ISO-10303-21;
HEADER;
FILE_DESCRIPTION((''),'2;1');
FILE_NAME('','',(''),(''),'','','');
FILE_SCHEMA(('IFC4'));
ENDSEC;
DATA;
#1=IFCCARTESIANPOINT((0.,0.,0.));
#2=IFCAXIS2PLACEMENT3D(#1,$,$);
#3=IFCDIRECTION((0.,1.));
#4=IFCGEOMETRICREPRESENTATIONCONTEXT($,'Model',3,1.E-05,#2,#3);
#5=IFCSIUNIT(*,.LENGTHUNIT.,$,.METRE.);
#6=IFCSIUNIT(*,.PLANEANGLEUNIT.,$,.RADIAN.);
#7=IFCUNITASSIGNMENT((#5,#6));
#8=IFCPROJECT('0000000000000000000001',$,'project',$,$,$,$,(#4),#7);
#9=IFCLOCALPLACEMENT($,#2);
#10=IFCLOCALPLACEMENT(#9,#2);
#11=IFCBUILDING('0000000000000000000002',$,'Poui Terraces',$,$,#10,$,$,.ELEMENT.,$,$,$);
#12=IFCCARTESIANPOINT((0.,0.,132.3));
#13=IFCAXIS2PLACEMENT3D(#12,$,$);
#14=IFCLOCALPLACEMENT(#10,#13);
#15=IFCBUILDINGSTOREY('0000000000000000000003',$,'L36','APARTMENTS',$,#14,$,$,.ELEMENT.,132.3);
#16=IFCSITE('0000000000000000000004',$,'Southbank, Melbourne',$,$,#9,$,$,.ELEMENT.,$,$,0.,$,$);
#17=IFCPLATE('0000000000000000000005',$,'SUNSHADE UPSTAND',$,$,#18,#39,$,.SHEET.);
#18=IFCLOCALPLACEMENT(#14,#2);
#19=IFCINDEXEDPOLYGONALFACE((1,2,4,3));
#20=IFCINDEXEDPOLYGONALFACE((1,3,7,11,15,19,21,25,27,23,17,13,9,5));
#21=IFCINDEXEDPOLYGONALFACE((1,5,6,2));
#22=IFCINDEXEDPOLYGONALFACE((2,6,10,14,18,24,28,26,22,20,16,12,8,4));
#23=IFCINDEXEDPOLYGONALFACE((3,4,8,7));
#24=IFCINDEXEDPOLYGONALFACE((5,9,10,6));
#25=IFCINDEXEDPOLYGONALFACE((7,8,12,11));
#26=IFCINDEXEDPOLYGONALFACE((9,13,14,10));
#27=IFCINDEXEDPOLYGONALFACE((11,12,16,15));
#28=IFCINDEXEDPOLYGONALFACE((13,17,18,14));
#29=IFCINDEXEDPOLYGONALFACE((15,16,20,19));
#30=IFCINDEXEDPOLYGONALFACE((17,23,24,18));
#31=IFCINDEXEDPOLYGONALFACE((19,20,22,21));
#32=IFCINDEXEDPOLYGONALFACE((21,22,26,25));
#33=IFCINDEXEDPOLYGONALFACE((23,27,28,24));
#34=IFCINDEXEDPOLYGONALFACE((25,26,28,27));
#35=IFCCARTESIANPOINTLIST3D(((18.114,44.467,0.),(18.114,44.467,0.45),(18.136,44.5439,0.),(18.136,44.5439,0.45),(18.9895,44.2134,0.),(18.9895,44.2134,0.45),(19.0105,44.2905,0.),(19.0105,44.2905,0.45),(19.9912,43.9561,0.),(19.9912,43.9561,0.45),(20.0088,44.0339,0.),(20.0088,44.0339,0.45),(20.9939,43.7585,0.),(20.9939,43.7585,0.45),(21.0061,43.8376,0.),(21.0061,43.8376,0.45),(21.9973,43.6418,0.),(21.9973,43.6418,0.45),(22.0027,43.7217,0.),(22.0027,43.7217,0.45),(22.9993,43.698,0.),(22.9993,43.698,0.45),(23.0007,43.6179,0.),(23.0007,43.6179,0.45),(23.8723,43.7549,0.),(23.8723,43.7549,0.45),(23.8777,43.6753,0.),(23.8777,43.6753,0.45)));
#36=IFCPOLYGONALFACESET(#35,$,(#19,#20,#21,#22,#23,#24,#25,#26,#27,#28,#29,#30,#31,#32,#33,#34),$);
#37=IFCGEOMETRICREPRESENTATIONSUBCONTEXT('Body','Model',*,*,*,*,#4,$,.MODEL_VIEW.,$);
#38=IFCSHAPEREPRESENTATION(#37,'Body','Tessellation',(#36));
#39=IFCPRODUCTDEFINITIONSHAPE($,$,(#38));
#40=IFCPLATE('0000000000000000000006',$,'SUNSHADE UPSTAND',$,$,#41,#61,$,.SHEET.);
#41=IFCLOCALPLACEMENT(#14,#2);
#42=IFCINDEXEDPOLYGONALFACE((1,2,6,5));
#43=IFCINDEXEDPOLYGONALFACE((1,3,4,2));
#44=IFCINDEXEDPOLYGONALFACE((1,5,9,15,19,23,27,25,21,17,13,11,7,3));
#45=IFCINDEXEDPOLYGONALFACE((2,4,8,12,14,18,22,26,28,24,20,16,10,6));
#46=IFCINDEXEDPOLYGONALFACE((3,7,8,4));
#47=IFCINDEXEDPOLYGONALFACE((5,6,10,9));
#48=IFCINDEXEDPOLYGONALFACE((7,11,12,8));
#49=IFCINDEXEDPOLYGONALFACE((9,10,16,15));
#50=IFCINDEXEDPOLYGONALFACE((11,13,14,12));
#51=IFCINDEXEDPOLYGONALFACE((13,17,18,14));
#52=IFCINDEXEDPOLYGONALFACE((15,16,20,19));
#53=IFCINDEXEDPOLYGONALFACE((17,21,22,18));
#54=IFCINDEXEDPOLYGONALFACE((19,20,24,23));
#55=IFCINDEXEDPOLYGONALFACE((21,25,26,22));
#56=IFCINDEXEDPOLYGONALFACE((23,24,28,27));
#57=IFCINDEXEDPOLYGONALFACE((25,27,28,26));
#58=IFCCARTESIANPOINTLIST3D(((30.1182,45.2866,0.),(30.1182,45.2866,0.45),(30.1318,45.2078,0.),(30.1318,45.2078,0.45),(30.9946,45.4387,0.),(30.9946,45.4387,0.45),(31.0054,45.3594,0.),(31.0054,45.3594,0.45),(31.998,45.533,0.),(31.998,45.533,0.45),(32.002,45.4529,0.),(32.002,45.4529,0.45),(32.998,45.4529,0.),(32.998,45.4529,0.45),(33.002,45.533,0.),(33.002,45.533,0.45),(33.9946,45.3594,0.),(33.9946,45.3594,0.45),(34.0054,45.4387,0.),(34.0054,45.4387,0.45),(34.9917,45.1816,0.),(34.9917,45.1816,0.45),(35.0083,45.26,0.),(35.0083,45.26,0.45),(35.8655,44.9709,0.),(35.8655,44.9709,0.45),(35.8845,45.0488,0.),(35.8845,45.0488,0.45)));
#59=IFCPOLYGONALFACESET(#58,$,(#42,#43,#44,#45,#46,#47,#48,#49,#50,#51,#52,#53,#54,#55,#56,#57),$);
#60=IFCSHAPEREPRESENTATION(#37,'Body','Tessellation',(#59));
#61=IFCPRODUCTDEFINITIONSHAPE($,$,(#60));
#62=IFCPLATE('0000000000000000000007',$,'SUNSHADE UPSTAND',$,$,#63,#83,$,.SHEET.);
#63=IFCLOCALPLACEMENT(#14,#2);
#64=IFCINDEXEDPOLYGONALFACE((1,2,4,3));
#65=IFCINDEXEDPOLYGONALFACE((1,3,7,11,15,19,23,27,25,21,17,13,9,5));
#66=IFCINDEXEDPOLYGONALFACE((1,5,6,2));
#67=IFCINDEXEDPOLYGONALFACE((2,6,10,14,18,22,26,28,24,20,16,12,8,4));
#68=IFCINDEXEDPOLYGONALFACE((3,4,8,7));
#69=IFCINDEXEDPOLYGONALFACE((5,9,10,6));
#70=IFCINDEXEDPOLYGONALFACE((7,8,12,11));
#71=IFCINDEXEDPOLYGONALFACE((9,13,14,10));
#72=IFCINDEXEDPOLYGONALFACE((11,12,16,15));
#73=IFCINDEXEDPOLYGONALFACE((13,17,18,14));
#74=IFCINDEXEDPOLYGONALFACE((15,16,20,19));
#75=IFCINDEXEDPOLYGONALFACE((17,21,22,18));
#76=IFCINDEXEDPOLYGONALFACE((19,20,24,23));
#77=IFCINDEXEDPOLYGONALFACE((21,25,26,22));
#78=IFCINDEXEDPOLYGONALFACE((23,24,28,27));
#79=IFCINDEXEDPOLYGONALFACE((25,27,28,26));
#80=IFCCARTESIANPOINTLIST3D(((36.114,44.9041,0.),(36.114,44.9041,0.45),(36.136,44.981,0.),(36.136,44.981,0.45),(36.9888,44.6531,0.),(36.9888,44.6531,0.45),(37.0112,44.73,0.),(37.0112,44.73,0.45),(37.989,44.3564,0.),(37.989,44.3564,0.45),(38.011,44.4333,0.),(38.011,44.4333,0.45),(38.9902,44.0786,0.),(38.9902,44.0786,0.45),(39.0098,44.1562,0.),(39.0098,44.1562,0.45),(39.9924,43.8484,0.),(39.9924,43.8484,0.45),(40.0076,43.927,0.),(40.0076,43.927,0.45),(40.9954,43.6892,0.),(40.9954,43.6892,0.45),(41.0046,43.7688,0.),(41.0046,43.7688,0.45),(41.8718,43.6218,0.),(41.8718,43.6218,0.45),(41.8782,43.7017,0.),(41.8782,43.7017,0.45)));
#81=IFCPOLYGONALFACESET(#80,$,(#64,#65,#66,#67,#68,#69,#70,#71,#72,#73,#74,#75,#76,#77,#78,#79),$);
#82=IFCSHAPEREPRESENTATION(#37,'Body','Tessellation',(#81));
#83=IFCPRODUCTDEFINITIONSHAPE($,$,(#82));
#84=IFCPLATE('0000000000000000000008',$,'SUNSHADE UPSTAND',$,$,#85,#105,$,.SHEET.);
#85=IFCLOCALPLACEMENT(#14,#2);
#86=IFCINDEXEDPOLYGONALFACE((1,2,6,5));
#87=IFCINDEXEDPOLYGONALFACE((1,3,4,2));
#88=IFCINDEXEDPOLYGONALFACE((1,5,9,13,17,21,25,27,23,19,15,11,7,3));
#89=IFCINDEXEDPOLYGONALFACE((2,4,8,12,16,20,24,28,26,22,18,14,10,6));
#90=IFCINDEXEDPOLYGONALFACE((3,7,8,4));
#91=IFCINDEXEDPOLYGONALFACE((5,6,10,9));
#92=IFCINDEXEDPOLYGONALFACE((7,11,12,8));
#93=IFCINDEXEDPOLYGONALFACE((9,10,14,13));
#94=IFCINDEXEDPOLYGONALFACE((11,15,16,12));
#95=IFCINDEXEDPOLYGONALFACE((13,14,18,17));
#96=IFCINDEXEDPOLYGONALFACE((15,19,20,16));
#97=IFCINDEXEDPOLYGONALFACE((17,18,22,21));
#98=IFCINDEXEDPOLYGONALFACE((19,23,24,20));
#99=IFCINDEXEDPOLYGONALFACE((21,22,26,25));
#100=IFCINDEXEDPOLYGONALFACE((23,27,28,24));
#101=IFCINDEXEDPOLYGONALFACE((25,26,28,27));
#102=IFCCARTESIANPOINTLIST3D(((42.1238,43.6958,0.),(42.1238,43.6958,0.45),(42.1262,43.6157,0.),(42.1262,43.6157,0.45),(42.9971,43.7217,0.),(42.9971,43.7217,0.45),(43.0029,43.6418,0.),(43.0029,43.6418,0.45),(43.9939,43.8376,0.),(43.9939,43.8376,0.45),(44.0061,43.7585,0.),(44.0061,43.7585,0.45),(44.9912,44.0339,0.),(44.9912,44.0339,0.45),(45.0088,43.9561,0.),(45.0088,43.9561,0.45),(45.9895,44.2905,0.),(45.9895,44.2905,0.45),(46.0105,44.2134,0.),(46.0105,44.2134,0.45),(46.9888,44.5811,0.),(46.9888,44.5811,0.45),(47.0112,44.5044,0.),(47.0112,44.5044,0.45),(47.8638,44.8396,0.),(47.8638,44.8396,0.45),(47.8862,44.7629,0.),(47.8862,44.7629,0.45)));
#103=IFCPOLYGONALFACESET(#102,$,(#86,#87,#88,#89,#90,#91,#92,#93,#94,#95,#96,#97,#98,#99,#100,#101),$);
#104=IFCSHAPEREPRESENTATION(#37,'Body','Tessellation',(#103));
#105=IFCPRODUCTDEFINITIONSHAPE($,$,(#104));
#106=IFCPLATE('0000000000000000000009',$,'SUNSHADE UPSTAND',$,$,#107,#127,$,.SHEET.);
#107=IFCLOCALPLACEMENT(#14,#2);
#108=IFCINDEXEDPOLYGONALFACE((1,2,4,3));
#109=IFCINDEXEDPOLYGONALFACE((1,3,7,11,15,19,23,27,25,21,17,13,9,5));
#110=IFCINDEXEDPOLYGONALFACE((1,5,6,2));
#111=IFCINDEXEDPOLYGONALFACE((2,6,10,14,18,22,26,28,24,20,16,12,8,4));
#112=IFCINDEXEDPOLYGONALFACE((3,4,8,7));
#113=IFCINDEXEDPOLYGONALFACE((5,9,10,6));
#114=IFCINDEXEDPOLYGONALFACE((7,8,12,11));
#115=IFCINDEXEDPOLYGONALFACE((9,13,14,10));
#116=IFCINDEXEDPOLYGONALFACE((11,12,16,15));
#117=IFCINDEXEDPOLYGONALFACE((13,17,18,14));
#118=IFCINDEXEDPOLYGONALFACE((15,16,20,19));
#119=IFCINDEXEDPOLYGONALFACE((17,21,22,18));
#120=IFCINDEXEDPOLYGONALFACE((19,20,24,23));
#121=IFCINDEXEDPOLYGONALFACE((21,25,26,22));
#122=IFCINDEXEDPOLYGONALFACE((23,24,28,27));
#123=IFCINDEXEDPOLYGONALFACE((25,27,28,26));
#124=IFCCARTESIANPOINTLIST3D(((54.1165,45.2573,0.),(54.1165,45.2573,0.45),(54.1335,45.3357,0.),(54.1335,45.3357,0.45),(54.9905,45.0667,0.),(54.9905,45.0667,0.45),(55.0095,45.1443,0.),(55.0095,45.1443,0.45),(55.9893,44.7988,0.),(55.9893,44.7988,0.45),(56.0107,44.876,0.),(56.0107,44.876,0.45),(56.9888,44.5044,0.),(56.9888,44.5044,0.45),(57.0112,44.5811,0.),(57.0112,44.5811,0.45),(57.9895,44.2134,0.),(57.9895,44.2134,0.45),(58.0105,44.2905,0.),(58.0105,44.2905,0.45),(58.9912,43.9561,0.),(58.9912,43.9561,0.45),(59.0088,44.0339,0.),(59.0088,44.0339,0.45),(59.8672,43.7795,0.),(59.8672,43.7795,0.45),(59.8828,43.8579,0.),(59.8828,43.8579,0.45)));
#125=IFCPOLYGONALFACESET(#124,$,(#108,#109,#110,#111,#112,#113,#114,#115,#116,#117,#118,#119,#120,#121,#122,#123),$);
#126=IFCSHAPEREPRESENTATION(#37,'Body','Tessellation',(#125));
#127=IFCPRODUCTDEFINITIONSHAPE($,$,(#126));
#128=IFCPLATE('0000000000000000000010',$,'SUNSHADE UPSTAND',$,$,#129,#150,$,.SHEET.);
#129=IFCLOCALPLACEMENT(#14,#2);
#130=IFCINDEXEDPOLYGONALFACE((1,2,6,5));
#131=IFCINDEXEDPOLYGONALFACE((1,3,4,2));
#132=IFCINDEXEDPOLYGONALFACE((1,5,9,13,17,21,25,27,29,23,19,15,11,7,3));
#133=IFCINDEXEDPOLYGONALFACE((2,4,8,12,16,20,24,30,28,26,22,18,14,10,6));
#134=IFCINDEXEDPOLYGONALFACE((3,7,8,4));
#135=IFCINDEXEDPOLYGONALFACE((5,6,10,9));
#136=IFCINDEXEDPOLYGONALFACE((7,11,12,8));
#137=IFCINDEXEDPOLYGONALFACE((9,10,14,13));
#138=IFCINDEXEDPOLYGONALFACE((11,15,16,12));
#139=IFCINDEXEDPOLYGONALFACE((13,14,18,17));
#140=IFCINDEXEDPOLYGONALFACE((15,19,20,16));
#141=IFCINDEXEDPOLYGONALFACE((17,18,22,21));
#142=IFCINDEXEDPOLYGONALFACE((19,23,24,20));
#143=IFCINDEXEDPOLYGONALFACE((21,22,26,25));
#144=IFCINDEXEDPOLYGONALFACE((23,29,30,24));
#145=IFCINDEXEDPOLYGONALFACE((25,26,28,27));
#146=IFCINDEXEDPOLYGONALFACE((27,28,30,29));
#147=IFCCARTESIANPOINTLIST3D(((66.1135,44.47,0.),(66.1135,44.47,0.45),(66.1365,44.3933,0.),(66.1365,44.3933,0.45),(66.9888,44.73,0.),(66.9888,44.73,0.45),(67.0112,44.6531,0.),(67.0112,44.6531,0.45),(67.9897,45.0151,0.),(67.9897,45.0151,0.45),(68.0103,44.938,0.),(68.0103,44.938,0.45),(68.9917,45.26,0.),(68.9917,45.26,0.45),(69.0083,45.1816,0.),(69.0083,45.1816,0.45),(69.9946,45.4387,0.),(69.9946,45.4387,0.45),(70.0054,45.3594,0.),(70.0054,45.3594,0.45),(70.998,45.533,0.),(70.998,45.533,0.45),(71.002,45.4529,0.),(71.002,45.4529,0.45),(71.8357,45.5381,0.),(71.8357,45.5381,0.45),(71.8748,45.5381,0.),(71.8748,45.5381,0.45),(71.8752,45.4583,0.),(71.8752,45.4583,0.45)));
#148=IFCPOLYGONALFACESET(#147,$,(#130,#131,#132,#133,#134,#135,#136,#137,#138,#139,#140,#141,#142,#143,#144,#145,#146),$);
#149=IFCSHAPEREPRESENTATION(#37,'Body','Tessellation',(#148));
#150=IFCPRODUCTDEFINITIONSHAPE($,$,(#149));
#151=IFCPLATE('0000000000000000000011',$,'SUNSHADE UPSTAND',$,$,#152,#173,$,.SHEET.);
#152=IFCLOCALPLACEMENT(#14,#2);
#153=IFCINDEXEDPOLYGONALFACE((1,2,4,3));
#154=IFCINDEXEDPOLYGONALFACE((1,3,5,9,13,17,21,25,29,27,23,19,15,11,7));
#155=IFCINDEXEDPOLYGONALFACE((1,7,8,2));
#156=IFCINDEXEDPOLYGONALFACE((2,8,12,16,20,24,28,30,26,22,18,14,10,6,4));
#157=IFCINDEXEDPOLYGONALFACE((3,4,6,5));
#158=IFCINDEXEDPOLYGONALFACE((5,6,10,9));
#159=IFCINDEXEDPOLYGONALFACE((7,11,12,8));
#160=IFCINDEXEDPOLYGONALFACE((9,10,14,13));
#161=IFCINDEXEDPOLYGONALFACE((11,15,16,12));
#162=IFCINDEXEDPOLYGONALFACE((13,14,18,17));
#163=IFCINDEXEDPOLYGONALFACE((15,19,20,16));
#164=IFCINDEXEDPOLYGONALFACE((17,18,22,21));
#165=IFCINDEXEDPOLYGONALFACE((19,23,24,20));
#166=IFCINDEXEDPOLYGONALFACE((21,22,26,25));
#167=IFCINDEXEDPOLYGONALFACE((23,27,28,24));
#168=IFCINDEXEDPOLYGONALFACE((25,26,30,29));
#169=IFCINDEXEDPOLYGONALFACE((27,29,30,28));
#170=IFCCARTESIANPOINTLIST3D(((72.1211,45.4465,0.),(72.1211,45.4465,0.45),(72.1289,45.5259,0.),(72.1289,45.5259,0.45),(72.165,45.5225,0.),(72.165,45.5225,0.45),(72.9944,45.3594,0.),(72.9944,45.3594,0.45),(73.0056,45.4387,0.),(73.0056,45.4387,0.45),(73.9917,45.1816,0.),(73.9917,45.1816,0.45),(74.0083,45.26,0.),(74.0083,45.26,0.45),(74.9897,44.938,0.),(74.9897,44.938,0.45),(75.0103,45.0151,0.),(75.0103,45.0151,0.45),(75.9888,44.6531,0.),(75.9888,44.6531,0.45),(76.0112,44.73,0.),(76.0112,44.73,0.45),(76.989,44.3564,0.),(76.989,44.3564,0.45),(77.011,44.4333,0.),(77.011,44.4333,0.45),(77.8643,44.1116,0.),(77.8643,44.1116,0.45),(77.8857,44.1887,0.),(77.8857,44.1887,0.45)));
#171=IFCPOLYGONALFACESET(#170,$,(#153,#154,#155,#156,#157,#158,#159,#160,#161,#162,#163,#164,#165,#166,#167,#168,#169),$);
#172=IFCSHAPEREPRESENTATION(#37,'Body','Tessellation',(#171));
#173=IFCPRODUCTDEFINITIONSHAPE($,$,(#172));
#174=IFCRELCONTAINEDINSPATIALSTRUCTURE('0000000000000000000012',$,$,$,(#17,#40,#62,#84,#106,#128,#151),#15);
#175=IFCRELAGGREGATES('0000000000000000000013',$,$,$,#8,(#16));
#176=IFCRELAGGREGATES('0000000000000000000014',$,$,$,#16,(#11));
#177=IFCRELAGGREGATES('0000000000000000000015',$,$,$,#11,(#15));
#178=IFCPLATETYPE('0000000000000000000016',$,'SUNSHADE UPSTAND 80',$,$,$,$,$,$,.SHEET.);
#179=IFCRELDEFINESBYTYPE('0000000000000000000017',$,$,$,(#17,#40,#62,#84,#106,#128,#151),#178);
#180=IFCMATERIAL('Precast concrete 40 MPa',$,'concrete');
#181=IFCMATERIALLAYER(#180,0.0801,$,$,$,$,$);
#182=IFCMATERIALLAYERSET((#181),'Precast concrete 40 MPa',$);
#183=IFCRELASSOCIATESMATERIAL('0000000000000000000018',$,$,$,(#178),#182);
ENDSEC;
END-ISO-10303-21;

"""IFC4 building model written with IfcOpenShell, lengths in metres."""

from ifc_helpers import new_model, si_unit, direction, frame, origin, place, context, subcontext, project, spatial, polyline, outline, extrude, material, layer, layer_set, type_object, element, save


model = new_model("IFC4")

# Units and contexts
model_context = context("Model", 3, precision=1e-05, world=origin(), true_north=direction((0.0, 1.0)))
body_context = subcontext(model_context, "Body", "Model", "MODEL_VIEW")
ifc_project = project(units=[si_unit("LENGTHUNIT", "METRE"), si_unit("PLANEANGLEUNIT", "RADIAN")], contexts=[model_context])

# Site, building, storey
site_placement = place(None, origin())
site = spatial("IfcSite", under=ifc_project, at=site_placement, Name="Southbank, Melbourne", CompositionType="ELEMENT", RefElevation=0.0)
building_placement = place(site_placement, origin())
building = spatial("IfcBuilding", under=site, at=building_placement, Name="Poui Terraces", CompositionType="ELEMENT")
storey_placement = place(building_placement, frame((0.0, 0.0, 132.3)))
storey = spatial("IfcBuildingStorey", under=building, at=storey_placement, Name="L36", Description="APARTMENTS", CompositionType="ELEMENT", Elevation=132.3)

# Shared definitions
ifc_material_1 = material(Name="Precast concrete 40 MPa", Category="concrete")

# Plates
ifc_layer_1 = layer(ifc_material_1, 0.0801)
ifc_layer_set_1 = layer_set([ifc_layer_1], Name="Precast concrete 40 MPa")
plate_type = type_object("IfcPlateType", Name="SUNSHADE UPSTAND 80", PredefinedType="SHEET", material=ifc_layer_set_1)
plate_1_placement = place(storey_placement, origin())
element("IfcPlate", 1, at=plate_1_placement, inside=storey, type_object=plate_type, Name="SUNSHADE UPSTAND", PredefinedType="SHEET", context=body_context, shape_type="SweptSolid", body=[
    extrude(outline(polyline([(19.0105, 44.2905), (18.136, 44.5439), (18.114, 44.467), (18.9895, 44.2134), (19.9912, 43.9561), (20.9939, 43.7585), (21.9973, 43.6418), (23.0007, 43.6179), (23.8777, 43.6753), (23.8723, 43.7549), (22.9993, 43.698), (22.0027, 43.7217), (21.0061, 43.8376), (20.0088, 44.0339), (19.0105, 44.2905)])), origin(), (0.0, 0.0, 1.0), 0.45),
])
plate_2_placement = place(storey_placement, origin())
element("IfcPlate", 2, at=plate_2_placement, inside=storey, type_object=plate_type, Name="SUNSHADE UPSTAND", PredefinedType="SHEET", context=body_context, shape_type="SweptSolid", body=[
    extrude(outline(polyline([(30.9946, 45.4387), (30.1182, 45.2866), (30.1318, 45.2078), (31.0054, 45.3594), (32.002, 45.4529), (32.998, 45.4529), (33.9946, 45.3594), (34.9917, 45.1816), (35.8655, 44.9709), (35.8845, 45.0488), (35.0083, 45.26), (34.0054, 45.4387), (33.002, 45.533), (31.998, 45.533), (30.9946, 45.4387)])), origin(), (0.0, 0.0, 1.0), 0.45),
])
plate_3_placement = place(storey_placement, origin())
element("IfcPlate", 3, at=plate_3_placement, inside=storey, type_object=plate_type, Name="SUNSHADE UPSTAND", PredefinedType="SHEET", context=body_context, shape_type="SweptSolid", body=[
    extrude(outline(polyline([(37.0112, 44.73), (36.136, 44.981), (36.114, 44.9041), (36.9888, 44.6531), (37.989, 44.3564), (38.9902, 44.0786), (39.9924, 43.8484), (40.9954, 43.6892), (41.8718, 43.6218), (41.8782, 43.7017), (41.0046, 43.7688), (40.0076, 43.927), (39.0098, 44.1562), (38.011, 44.4333), (37.0112, 44.73)])), origin(), (0.0, 0.0, 1.0), 0.45),
])
plate_4_placement = place(storey_placement, origin())
element("IfcPlate", 4, at=plate_4_placement, inside=storey, type_object=plate_type, Name="SUNSHADE UPSTAND", PredefinedType="SHEET", context=body_context, shape_type="SweptSolid", body=[
    extrude(outline(polyline([(42.9971, 43.7217), (42.1238, 43.6958), (42.1262, 43.6157), (43.0029, 43.6418), (44.0061, 43.7585), (45.0088, 43.9561), (46.0105, 44.2134), (47.0112, 44.5044), (47.8862, 44.7629), (47.8638, 44.8396), (46.9888, 44.5811), (45.9895, 44.2905), (44.9912, 44.0339), (43.9939, 43.8376), (42.9971, 43.7217)])), origin(), (0.0, 0.0, 1.0), 0.45),
])
plate_5_placement = place(storey_placement, origin())
element("IfcPlate", 5, at=plate_5_placement, inside=storey, type_object=plate_type, Name="SUNSHADE UPSTAND", PredefinedType="SHEET", context=body_context, shape_type="SweptSolid", body=[
    extrude(outline(polyline([(55.0095, 45.1443), (54.1335, 45.3357), (54.1165, 45.2573), (54.9905, 45.0667), (55.9893, 44.7988), (56.9888, 44.5044), (57.9895, 44.2134), (58.9912, 43.9561), (59.8672, 43.7795), (59.8828, 43.8579), (59.0088, 44.0339), (58.0105, 44.2905), (57.0112, 44.5811), (56.0107, 44.876), (55.0095, 45.1443)])), origin(), (0.0, 0.0, 1.0), 0.45),
])
plate_6_placement = place(storey_placement, origin())
element("IfcPlate", 6, at=plate_6_placement, inside=storey, type_object=plate_type, Name="SUNSHADE UPSTAND", PredefinedType="SHEET", context=body_context, shape_type="SweptSolid", body=[
    extrude(outline(polyline([(66.9888, 44.73), (66.1135, 44.47), (66.1365, 44.3933), (67.0112, 44.6531), (68.0103, 44.938), (69.0083, 45.1816), (70.0054, 45.3594), (71.002, 45.4529), (71.8752, 45.4583), (71.8748, 45.5381), (71.8357, 45.5381), (70.998, 45.533), (69.9946, 45.4387), (68.9917, 45.26), (67.9897, 45.0151), (66.9888, 44.73)])), origin(), (0.0, 0.0, 1.0), 0.45),
])
plate_7_placement = place(storey_placement, origin())
element("IfcPlate", 7, at=plate_7_placement, inside=storey, type_object=plate_type, Name="SUNSHADE UPSTAND", PredefinedType="SHEET", context=body_context, shape_type="SweptSolid", body=[
    extrude(outline(polyline([(73.0056, 45.4387), (72.165, 45.5225), (72.1289, 45.5259), (72.1211, 45.4465), (72.9944, 45.3594), (73.9917, 45.1816), (74.9897, 44.938), (75.9888, 44.6531), (76.989, 44.3564), (77.8643, 44.1116), (77.8857, 44.1887), (77.011, 44.4333), (76.0112, 44.73), (75.0103, 45.0151), (74.0083, 45.26), (73.0056, 45.4387)])), origin(), (0.0, 0.0, 1.0), 0.45),
])

save(model, "model.ifc")
